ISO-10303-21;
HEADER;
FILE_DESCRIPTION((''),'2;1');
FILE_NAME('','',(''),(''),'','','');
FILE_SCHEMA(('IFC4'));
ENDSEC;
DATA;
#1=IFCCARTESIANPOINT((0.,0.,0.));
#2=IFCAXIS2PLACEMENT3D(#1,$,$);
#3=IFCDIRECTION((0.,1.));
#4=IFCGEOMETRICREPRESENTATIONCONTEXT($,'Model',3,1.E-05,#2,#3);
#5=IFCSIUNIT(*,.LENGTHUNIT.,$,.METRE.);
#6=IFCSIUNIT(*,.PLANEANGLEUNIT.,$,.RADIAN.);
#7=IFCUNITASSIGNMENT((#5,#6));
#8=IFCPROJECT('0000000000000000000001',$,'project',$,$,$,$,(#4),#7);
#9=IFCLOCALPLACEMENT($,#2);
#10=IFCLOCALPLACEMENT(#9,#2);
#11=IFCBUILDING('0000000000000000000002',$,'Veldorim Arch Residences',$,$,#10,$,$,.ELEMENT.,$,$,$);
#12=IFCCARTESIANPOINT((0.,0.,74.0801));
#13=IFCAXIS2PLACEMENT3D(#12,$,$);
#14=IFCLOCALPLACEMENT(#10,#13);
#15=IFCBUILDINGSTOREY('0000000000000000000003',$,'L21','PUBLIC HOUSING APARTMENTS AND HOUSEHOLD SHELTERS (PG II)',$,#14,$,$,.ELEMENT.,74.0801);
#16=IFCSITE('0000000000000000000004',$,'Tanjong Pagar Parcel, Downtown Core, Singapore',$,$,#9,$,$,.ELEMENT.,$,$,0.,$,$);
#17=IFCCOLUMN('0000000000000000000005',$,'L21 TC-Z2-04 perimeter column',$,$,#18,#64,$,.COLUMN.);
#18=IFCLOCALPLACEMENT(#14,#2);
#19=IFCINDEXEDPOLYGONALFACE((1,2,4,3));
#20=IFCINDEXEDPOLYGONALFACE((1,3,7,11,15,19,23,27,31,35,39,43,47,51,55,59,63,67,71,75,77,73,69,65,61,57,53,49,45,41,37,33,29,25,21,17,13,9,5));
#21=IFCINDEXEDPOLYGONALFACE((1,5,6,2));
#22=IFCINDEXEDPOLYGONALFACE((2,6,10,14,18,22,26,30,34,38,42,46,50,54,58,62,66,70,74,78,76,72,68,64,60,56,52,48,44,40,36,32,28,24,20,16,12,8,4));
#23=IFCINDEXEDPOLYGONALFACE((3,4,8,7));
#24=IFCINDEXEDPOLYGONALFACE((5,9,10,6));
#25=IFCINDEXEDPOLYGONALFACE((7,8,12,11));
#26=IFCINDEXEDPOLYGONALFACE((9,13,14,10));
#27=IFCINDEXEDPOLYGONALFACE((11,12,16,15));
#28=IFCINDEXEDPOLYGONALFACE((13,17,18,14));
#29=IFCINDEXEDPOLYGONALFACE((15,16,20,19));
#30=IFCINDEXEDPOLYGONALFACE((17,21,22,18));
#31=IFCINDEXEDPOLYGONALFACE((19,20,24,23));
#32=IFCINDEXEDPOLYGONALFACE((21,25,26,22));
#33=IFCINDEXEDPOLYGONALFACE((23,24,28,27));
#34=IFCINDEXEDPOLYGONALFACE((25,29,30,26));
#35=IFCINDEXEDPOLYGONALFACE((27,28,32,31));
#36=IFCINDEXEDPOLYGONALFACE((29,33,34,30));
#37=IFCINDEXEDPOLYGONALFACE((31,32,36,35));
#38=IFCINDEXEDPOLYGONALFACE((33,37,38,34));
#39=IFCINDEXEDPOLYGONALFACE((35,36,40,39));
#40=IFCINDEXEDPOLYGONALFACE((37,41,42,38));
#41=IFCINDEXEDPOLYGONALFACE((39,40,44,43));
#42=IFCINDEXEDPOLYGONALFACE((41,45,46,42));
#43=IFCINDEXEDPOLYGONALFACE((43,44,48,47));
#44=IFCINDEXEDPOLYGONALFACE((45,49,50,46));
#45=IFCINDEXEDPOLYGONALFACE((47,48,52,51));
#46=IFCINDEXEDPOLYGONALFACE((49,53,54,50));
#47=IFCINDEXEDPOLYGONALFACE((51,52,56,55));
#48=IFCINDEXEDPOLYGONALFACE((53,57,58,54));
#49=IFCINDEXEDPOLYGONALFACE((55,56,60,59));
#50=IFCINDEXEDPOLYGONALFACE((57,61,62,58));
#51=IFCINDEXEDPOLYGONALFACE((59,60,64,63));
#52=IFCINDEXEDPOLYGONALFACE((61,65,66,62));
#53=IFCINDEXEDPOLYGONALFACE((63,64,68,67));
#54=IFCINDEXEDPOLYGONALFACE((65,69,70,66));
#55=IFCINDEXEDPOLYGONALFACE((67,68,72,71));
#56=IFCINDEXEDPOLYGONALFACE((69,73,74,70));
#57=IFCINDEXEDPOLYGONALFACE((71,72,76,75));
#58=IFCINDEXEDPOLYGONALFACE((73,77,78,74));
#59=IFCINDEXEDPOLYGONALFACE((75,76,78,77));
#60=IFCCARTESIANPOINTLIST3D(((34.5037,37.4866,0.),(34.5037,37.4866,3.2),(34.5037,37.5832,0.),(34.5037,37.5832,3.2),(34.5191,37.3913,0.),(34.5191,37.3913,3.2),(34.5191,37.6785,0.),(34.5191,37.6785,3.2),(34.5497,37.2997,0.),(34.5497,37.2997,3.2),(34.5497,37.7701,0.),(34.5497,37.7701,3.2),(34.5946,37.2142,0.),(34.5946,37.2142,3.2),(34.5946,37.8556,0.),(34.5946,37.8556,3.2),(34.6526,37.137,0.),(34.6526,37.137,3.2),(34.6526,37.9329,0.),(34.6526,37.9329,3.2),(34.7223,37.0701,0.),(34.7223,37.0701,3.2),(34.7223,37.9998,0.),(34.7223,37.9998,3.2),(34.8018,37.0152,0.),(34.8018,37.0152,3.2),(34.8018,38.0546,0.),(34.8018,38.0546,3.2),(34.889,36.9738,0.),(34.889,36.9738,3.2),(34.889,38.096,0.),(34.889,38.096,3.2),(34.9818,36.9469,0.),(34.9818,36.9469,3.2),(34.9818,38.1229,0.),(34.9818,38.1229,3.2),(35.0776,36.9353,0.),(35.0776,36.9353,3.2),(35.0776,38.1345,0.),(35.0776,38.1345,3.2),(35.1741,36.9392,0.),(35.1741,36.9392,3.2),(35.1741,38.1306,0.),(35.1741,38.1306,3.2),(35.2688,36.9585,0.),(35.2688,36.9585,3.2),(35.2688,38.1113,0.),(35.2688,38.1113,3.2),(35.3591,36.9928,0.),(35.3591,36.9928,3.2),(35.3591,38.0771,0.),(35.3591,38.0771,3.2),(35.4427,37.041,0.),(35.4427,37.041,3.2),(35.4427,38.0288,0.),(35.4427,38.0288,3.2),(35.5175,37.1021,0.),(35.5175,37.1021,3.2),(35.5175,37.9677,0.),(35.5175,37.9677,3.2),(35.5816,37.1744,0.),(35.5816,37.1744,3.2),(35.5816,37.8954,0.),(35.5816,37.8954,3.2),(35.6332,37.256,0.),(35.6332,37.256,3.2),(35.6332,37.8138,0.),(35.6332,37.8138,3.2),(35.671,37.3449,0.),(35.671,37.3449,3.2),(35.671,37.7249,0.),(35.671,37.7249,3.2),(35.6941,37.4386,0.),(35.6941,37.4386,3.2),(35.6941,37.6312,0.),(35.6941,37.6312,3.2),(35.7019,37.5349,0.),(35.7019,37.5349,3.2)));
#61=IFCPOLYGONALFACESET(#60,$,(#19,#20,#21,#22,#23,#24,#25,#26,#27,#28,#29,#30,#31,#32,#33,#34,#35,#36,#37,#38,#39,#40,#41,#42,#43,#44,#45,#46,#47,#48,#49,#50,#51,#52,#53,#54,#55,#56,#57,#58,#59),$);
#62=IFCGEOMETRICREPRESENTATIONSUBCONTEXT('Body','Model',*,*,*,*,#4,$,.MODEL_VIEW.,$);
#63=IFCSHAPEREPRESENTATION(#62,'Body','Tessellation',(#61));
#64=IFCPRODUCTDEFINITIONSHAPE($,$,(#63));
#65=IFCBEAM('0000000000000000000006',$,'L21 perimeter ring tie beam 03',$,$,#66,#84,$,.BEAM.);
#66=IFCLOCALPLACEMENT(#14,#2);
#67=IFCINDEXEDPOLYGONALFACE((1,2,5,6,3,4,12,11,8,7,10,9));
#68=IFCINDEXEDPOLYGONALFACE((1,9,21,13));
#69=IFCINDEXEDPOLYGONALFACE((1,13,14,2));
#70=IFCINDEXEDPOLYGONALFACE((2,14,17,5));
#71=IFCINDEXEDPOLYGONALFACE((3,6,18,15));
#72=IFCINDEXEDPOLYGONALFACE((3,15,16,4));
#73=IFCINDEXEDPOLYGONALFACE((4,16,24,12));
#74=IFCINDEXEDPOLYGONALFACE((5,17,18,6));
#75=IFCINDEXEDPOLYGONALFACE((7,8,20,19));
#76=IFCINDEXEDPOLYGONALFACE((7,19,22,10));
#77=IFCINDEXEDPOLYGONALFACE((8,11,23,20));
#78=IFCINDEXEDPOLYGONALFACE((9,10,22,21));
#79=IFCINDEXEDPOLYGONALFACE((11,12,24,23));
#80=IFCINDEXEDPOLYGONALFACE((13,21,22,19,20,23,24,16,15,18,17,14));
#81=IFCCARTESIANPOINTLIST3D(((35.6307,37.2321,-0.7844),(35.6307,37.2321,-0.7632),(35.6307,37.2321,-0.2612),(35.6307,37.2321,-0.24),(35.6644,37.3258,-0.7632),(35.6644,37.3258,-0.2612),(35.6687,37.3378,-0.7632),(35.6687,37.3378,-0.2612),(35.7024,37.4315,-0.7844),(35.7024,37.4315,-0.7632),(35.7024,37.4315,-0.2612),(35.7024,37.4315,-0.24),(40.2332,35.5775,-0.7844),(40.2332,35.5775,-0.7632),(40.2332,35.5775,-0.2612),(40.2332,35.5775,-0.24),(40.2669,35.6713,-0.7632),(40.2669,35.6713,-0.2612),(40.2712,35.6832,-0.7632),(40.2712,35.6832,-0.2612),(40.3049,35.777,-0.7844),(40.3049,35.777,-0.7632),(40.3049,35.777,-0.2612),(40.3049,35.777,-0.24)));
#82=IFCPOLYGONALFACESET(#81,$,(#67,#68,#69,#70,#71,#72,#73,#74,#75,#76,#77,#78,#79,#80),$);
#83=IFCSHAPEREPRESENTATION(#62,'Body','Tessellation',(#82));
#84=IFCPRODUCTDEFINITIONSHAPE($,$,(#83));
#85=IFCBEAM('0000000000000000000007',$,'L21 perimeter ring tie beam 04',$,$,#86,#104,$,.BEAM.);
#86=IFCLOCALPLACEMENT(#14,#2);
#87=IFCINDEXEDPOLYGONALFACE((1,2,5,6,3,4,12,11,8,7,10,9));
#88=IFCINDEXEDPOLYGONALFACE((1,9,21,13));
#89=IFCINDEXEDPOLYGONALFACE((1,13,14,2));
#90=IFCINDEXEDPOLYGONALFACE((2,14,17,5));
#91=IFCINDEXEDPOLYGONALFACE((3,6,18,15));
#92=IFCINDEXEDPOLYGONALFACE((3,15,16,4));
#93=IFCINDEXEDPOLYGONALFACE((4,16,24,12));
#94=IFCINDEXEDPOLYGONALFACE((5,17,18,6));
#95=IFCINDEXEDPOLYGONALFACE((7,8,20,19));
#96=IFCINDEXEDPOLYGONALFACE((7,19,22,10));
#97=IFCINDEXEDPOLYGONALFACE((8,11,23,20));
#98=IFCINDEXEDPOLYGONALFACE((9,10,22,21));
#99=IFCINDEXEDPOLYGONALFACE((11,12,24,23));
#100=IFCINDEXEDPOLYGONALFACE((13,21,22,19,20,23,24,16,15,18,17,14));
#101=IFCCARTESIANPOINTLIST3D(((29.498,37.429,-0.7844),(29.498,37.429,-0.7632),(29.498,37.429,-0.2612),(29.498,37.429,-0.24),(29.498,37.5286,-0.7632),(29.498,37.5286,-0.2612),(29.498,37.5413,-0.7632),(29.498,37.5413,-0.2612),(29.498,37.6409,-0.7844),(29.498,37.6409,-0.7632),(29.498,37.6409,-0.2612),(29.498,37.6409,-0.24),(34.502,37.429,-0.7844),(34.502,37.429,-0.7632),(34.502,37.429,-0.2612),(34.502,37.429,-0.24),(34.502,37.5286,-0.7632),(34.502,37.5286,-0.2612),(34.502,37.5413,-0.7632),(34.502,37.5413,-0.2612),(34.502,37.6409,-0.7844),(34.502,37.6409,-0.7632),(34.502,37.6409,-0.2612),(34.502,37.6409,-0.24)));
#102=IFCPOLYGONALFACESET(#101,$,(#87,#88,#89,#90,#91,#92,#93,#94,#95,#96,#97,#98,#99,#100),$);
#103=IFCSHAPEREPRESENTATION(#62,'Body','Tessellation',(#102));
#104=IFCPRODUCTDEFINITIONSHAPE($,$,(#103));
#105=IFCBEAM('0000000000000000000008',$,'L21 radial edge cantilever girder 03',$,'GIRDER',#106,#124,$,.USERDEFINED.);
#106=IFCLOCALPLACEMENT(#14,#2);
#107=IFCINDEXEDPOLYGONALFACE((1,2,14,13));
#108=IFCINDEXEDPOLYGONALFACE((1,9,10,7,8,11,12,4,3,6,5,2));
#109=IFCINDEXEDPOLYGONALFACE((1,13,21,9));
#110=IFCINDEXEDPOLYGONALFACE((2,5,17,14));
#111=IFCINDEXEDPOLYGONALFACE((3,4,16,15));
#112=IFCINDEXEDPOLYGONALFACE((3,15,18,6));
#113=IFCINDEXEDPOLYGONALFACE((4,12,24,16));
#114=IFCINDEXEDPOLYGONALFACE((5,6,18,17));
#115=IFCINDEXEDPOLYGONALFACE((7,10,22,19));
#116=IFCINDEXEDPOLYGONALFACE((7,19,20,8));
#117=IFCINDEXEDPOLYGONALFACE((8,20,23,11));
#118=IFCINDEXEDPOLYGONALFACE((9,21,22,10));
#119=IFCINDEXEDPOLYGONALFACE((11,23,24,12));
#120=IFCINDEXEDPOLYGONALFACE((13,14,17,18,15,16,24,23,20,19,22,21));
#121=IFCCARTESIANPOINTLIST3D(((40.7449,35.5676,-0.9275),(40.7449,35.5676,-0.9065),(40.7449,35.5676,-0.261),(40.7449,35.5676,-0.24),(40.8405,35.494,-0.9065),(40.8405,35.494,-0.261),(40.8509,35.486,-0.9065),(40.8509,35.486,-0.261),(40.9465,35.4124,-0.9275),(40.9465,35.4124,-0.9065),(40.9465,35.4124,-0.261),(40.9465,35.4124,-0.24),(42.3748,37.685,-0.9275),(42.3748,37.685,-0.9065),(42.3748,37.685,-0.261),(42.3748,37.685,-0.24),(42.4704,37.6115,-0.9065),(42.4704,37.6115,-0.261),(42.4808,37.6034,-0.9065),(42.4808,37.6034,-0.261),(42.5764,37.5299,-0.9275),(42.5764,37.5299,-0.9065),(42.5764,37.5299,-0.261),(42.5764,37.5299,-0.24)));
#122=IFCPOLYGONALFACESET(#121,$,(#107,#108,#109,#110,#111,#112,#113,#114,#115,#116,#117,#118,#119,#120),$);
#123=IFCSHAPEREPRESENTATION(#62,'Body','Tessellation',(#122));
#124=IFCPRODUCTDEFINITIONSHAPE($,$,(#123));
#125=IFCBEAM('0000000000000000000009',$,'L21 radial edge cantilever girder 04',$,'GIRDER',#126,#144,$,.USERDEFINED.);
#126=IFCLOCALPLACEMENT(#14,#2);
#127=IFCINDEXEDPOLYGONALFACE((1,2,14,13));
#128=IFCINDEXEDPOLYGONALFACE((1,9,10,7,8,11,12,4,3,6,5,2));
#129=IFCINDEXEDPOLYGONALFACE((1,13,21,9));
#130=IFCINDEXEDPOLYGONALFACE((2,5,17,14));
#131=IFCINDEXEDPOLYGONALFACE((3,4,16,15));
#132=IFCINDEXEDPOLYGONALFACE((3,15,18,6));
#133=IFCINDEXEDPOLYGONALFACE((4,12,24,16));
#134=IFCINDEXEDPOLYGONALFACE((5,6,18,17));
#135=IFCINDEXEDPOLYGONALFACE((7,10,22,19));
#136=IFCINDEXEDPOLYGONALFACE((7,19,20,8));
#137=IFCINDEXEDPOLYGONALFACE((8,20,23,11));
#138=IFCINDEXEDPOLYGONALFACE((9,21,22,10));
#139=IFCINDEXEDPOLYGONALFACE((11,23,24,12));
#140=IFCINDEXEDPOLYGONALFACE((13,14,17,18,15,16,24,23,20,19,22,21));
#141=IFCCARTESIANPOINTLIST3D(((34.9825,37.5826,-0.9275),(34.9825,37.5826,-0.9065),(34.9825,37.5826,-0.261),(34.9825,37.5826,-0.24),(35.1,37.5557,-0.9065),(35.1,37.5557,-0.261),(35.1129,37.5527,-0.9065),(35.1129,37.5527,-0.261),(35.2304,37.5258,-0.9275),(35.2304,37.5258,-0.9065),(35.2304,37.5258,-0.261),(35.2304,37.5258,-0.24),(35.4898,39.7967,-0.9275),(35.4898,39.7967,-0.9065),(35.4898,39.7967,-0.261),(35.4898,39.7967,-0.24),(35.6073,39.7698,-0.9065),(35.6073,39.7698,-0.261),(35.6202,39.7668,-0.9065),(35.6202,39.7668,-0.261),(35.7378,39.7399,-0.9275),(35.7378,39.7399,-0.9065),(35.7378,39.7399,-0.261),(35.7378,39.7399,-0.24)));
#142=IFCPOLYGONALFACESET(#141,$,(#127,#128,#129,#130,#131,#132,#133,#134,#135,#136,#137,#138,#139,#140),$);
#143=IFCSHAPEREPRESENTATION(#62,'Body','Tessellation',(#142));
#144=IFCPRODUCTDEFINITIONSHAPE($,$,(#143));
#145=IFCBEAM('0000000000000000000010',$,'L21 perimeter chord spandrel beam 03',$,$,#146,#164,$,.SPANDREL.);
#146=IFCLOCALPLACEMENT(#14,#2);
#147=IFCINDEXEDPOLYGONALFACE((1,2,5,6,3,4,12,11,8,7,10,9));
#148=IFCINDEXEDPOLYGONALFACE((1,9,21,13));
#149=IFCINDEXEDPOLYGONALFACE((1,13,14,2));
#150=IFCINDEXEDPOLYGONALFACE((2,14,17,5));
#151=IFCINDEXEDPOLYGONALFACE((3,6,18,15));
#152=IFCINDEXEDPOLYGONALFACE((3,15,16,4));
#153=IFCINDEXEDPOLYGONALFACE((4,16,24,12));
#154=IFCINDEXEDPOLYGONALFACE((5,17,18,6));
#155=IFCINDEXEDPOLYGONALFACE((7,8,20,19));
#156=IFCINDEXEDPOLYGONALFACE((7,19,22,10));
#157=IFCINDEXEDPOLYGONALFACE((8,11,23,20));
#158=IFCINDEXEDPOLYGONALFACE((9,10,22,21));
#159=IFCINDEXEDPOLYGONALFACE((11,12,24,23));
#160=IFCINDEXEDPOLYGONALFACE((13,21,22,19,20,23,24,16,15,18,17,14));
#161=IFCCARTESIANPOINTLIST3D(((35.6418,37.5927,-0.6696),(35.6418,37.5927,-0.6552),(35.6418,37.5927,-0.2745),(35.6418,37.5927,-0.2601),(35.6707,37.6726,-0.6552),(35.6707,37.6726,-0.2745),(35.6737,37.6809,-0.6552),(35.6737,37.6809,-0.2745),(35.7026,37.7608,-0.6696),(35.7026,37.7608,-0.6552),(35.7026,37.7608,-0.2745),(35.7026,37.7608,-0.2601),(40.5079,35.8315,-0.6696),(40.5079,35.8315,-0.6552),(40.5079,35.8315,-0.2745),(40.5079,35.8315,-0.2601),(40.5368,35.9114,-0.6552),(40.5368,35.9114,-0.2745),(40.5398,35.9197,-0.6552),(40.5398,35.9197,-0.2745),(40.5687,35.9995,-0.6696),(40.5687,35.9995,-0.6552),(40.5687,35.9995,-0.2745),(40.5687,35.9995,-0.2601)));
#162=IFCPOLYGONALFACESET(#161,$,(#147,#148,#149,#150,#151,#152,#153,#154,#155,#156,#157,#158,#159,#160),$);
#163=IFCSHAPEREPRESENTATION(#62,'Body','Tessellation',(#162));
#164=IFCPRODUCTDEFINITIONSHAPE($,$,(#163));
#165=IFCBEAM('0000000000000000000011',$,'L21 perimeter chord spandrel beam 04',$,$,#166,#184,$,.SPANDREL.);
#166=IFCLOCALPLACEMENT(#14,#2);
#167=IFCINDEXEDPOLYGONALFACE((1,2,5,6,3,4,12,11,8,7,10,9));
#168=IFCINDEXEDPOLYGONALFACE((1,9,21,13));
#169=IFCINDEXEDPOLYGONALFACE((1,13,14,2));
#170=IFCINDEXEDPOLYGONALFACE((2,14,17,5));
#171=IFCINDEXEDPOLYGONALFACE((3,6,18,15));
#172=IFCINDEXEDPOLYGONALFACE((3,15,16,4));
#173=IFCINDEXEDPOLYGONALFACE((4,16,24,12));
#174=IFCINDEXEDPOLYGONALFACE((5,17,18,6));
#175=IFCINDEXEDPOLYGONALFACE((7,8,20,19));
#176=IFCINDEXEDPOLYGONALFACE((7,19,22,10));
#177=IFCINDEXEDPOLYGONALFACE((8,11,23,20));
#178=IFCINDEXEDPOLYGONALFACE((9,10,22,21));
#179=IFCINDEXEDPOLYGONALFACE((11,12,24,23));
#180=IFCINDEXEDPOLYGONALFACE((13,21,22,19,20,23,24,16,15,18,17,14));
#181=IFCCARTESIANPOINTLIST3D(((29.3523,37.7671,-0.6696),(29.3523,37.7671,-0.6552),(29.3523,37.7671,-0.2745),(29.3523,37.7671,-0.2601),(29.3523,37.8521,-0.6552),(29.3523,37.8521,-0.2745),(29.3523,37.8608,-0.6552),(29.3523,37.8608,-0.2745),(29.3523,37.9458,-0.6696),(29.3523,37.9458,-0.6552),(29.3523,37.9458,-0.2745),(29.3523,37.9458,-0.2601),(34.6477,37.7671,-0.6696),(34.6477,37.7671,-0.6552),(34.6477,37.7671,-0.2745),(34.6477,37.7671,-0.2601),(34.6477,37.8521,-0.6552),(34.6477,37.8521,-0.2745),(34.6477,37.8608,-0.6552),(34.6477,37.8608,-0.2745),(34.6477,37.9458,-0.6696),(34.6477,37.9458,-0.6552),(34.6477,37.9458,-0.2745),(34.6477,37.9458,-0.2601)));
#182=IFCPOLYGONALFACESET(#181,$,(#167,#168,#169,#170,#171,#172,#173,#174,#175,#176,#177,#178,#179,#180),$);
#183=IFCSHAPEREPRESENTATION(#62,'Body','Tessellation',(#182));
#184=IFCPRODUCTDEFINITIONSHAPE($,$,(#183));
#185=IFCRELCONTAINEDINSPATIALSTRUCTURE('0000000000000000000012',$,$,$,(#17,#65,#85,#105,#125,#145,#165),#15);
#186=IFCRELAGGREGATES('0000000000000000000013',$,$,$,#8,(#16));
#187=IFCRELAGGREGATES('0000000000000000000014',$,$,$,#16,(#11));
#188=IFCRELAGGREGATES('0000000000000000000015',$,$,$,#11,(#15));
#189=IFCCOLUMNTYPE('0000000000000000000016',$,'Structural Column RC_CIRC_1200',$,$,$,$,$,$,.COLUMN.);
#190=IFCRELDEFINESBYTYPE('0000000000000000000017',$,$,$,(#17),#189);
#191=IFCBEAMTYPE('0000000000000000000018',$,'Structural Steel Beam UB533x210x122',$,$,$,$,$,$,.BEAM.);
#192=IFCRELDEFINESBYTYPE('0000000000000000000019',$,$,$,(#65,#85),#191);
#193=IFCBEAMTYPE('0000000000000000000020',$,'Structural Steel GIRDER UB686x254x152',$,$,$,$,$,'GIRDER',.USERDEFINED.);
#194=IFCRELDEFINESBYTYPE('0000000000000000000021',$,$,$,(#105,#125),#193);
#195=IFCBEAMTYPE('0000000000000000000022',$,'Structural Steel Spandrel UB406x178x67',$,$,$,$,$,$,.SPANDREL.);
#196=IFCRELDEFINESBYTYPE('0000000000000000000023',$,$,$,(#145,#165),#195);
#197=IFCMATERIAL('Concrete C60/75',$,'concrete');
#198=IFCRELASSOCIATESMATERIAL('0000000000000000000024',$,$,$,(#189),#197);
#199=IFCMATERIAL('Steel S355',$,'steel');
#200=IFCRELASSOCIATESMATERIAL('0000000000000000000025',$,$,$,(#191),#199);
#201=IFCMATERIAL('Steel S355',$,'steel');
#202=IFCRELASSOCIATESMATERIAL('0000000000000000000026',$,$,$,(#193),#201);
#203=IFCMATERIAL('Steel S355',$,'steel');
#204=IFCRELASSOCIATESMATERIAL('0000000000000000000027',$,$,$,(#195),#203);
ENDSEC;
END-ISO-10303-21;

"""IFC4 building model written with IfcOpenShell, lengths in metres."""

from ifc_helpers import new_model, si_unit, direction, frame, origin, origin_2d, place, context, subcontext, project, spatial, circle, i_section, extrude, material, material_profile, profile_set, type_object, element, save


model = new_model("IFC4")

# Units and contexts
model_context = context("Model", 3, precision=1e-05, world=origin(), true_north=direction((0.0, 1.0)))
body_context = subcontext(model_context, "Body", "Model", "MODEL_VIEW")
ifc_project = project(units=[si_unit("LENGTHUNIT", "METRE"), si_unit("PLANEANGLEUNIT", "RADIAN")], contexts=[model_context])

# Site, building, storey
site_placement = place(None, origin())
site = spatial("IfcSite", under=ifc_project, at=site_placement, Name="Tanjong Pagar Parcel, Downtown Core, Singapore", CompositionType="ELEMENT", RefElevation=0.0)
building_placement = place(site_placement, origin())
building = spatial("IfcBuilding", under=site, at=building_placement, Name="Veldorim Arch Residences", CompositionType="ELEMENT")
storey_placement = place(building_placement, frame((0.0, 0.0, 74.0801)))
storey = spatial("IfcBuildingStorey", under=building, at=storey_placement, Name="L21", Description="PUBLIC HOUSING APARTMENTS AND HOUSEHOLD SHELTERS (PG II)", CompositionType="ELEMENT", Elevation=74.0801)

# Column
ifc_material_1 = material(Name="Concrete C60/75", Category="concrete")
ifc_material_profile_1 = material_profile(ifc_material_1, circle(Radius=0.6001, at=origin_2d()), Name="RC_CIRC_1200")
ifc_profile_set_1 = profile_set([ifc_material_profile_1], Name="Concrete C60/75")
column_type = type_object("IfcColumnType", Name="Structural Column RC_CIRC_1200", PredefinedType="COLUMN", material=ifc_profile_set_1)
column_placement = place(storey_placement, frame((35.1018, 37.5349, 0.0), z_axis=(0.0, 0.0, 1.0), x_axis=(1.0, 0.0, 0.0)))
element("IfcColumn", 1, at=column_placement, inside=storey, type_object=column_type, Name="L21 TC-Z2-04 perimeter column", PredefinedType="COLUMN", context=body_context, shape_type="SweptSolid", body=[
    extrude(circle(Radius=0.6001, at=origin_2d()), origin(), (0.0, 0.0, 1.0), 3.2),
])

# Beams
ifc_material_2 = material(Name="Steel S355", Category="steel")
ifc_material_profile_2 = material_profile(ifc_material_2, i_section(OverallWidth=0.2119, OverallDepth=0.5444, WebThickness=0.0127, FlangeThickness=0.0212, at=origin_2d()), Name="UB533x210x122")
ifc_profile_set_2 = profile_set([ifc_material_profile_2], Name="Steel S355")
beam_type_1 = type_object("IfcBeamType", Name="Structural Steel Beam UB533x210x122", PredefinedType="BEAM", material=ifc_profile_set_2)
beam_1_placement = place(storey_placement, frame((40.269, 35.6772, -0.5122), z_axis=(-0.941042, 0.33829, 0.0), x_axis=(-0.33829, -0.941042, 0.0)))
element("IfcBeam", 2, at=beam_1_placement, inside=storey, type_object=beam_type_1, Name="L21 perimeter ring tie beam 03", PredefinedType="BEAM", context=body_context, shape_type="SweptSolid", body=[
    extrude(i_section(OverallWidth=0.2119, OverallDepth=0.5444, WebThickness=0.0127, FlangeThickness=0.0212, at=origin_2d()), origin(), (0.0, 0.0, 1.0), 4.8909),
])
beam_2_placement = place(storey_placement, frame((34.502, 37.5349, -0.5122), z_axis=(-1.0, 0.0, 0.0), x_axis=(0.0, -1.0, 0.0)))
element("IfcBeam", 3, at=beam_2_placement, inside=storey, type_object=beam_type_1, Name="L21 perimeter ring tie beam 04", PredefinedType="BEAM", context=body_context, shape_type="SweptSolid", body=[
    extrude(i_section(OverallWidth=0.2119, OverallDepth=0.5444, WebThickness=0.0127, FlangeThickness=0.0212, at=origin_2d()), origin(), (0.0, 0.0, 1.0), 5.0039),
])
ifc_material_3 = material(Name="Steel S355", Category="steel")
ifc_material_profile_3 = material_profile(ifc_material_3, i_section(OverallWidth=0.2544, OverallDepth=0.6875, WebThickness=0.0132, FlangeThickness=0.021, at=origin_2d()), Name="UB686x254x152")
ifc_profile_set_3 = profile_set([ifc_material_profile_3], Name="Steel S355")
beam_type_2 = type_object("IfcBeamType", Name="Structural Steel GIRDER UB686x254x152", ElementType="GIRDER", PredefinedType="USERDEFINED", material=ifc_profile_set_3)
beam_3_placement = place(storey_placement, frame((40.8457, 35.49, -0.5837), z_axis=(0.609967, 0.792427, 0.0), x_axis=(-0.792427, 0.609967, 0.0)))
element("IfcBeam", 4, at=beam_3_placement, inside=storey, type_object=beam_type_2, Name="L21 radial edge cantilever girder 03", ObjectType="GIRDER", PredefinedType="USERDEFINED", context=body_context, shape_type="SweptSolid", body=[
    extrude(i_section(OverallWidth=0.2544, OverallDepth=0.6875, WebThickness=0.0132, FlangeThickness=0.021, at=origin_2d()), origin(), (0.0, 0.0, 1.0), 2.6721),
])
beam_4_placement = place(storey_placement, frame((35.1064, 37.5542, -0.5837), z_axis=(0.223344, 0.97474, 0.0), x_axis=(-0.97474, 0.223344, 0.0)))
element("IfcBeam", 5, at=beam_4_placement, inside=storey, type_object=beam_type_2, Name="L21 radial edge cantilever girder 04", ObjectType="GIRDER", PredefinedType="USERDEFINED", context=body_context, shape_type="SweptSolid", body=[
    extrude(i_section(OverallWidth=0.2544, OverallDepth=0.6875, WebThickness=0.0132, FlangeThickness=0.021, at=origin_2d()), origin(), (0.0, 0.0, 1.0), 2.2715),
])
ifc_material_4 = material(Name="Steel S355", Category="steel")
ifc_material_profile_4 = material_profile(ifc_material_4, i_section(OverallWidth=0.1787, OverallDepth=0.4094, WebThickness=0.0088, FlangeThickness=0.0144, at=origin_2d()), Name="UB406x178x67")
ifc_profile_set_4 = profile_set([ifc_material_profile_4], Name="Steel S355")
beam_type_3 = type_object("IfcBeamType", Name="Structural Steel Spandrel UB406x178x67", PredefinedType="SPANDREL", material=ifc_profile_set_4)
beam_5_placement = place(storey_placement, frame((40.5383, 35.9155, -0.4648), z_axis=(-0.940308, 0.340326, 0.0), x_axis=(-0.340326, -0.940308, 0.0)))
element("IfcBeam", 6, at=beam_5_placement, inside=storey, type_object=beam_type_3, Name="L21 perimeter chord spandrel beam 03", PredefinedType="SPANDREL", context=body_context, shape_type="SweptSolid", body=[
    extrude(i_section(OverallWidth=0.1787, OverallDepth=0.4094, WebThickness=0.0088, FlangeThickness=0.0144, at=origin_2d()), origin(), (0.0, 0.0, 1.0), 5.175),
])
beam_6_placement = place(storey_placement, frame((34.6477, 37.8564, -0.4648), z_axis=(-1.0, 0.0, 0.0), x_axis=(0.0, -1.0, 0.0)))
element("IfcBeam", 7, at=beam_6_placement, inside=storey, type_object=beam_type_3, Name="L21 perimeter chord spandrel beam 04", PredefinedType="SPANDREL", context=body_context, shape_type="SweptSolid", body=[
    extrude(i_section(OverallWidth=0.1787, OverallDepth=0.4094, WebThickness=0.0088, FlangeThickness=0.0144, at=origin_2d()), origin(), (0.0, 0.0, 1.0), 5.2954),
])

save(model, "model.ifc")
